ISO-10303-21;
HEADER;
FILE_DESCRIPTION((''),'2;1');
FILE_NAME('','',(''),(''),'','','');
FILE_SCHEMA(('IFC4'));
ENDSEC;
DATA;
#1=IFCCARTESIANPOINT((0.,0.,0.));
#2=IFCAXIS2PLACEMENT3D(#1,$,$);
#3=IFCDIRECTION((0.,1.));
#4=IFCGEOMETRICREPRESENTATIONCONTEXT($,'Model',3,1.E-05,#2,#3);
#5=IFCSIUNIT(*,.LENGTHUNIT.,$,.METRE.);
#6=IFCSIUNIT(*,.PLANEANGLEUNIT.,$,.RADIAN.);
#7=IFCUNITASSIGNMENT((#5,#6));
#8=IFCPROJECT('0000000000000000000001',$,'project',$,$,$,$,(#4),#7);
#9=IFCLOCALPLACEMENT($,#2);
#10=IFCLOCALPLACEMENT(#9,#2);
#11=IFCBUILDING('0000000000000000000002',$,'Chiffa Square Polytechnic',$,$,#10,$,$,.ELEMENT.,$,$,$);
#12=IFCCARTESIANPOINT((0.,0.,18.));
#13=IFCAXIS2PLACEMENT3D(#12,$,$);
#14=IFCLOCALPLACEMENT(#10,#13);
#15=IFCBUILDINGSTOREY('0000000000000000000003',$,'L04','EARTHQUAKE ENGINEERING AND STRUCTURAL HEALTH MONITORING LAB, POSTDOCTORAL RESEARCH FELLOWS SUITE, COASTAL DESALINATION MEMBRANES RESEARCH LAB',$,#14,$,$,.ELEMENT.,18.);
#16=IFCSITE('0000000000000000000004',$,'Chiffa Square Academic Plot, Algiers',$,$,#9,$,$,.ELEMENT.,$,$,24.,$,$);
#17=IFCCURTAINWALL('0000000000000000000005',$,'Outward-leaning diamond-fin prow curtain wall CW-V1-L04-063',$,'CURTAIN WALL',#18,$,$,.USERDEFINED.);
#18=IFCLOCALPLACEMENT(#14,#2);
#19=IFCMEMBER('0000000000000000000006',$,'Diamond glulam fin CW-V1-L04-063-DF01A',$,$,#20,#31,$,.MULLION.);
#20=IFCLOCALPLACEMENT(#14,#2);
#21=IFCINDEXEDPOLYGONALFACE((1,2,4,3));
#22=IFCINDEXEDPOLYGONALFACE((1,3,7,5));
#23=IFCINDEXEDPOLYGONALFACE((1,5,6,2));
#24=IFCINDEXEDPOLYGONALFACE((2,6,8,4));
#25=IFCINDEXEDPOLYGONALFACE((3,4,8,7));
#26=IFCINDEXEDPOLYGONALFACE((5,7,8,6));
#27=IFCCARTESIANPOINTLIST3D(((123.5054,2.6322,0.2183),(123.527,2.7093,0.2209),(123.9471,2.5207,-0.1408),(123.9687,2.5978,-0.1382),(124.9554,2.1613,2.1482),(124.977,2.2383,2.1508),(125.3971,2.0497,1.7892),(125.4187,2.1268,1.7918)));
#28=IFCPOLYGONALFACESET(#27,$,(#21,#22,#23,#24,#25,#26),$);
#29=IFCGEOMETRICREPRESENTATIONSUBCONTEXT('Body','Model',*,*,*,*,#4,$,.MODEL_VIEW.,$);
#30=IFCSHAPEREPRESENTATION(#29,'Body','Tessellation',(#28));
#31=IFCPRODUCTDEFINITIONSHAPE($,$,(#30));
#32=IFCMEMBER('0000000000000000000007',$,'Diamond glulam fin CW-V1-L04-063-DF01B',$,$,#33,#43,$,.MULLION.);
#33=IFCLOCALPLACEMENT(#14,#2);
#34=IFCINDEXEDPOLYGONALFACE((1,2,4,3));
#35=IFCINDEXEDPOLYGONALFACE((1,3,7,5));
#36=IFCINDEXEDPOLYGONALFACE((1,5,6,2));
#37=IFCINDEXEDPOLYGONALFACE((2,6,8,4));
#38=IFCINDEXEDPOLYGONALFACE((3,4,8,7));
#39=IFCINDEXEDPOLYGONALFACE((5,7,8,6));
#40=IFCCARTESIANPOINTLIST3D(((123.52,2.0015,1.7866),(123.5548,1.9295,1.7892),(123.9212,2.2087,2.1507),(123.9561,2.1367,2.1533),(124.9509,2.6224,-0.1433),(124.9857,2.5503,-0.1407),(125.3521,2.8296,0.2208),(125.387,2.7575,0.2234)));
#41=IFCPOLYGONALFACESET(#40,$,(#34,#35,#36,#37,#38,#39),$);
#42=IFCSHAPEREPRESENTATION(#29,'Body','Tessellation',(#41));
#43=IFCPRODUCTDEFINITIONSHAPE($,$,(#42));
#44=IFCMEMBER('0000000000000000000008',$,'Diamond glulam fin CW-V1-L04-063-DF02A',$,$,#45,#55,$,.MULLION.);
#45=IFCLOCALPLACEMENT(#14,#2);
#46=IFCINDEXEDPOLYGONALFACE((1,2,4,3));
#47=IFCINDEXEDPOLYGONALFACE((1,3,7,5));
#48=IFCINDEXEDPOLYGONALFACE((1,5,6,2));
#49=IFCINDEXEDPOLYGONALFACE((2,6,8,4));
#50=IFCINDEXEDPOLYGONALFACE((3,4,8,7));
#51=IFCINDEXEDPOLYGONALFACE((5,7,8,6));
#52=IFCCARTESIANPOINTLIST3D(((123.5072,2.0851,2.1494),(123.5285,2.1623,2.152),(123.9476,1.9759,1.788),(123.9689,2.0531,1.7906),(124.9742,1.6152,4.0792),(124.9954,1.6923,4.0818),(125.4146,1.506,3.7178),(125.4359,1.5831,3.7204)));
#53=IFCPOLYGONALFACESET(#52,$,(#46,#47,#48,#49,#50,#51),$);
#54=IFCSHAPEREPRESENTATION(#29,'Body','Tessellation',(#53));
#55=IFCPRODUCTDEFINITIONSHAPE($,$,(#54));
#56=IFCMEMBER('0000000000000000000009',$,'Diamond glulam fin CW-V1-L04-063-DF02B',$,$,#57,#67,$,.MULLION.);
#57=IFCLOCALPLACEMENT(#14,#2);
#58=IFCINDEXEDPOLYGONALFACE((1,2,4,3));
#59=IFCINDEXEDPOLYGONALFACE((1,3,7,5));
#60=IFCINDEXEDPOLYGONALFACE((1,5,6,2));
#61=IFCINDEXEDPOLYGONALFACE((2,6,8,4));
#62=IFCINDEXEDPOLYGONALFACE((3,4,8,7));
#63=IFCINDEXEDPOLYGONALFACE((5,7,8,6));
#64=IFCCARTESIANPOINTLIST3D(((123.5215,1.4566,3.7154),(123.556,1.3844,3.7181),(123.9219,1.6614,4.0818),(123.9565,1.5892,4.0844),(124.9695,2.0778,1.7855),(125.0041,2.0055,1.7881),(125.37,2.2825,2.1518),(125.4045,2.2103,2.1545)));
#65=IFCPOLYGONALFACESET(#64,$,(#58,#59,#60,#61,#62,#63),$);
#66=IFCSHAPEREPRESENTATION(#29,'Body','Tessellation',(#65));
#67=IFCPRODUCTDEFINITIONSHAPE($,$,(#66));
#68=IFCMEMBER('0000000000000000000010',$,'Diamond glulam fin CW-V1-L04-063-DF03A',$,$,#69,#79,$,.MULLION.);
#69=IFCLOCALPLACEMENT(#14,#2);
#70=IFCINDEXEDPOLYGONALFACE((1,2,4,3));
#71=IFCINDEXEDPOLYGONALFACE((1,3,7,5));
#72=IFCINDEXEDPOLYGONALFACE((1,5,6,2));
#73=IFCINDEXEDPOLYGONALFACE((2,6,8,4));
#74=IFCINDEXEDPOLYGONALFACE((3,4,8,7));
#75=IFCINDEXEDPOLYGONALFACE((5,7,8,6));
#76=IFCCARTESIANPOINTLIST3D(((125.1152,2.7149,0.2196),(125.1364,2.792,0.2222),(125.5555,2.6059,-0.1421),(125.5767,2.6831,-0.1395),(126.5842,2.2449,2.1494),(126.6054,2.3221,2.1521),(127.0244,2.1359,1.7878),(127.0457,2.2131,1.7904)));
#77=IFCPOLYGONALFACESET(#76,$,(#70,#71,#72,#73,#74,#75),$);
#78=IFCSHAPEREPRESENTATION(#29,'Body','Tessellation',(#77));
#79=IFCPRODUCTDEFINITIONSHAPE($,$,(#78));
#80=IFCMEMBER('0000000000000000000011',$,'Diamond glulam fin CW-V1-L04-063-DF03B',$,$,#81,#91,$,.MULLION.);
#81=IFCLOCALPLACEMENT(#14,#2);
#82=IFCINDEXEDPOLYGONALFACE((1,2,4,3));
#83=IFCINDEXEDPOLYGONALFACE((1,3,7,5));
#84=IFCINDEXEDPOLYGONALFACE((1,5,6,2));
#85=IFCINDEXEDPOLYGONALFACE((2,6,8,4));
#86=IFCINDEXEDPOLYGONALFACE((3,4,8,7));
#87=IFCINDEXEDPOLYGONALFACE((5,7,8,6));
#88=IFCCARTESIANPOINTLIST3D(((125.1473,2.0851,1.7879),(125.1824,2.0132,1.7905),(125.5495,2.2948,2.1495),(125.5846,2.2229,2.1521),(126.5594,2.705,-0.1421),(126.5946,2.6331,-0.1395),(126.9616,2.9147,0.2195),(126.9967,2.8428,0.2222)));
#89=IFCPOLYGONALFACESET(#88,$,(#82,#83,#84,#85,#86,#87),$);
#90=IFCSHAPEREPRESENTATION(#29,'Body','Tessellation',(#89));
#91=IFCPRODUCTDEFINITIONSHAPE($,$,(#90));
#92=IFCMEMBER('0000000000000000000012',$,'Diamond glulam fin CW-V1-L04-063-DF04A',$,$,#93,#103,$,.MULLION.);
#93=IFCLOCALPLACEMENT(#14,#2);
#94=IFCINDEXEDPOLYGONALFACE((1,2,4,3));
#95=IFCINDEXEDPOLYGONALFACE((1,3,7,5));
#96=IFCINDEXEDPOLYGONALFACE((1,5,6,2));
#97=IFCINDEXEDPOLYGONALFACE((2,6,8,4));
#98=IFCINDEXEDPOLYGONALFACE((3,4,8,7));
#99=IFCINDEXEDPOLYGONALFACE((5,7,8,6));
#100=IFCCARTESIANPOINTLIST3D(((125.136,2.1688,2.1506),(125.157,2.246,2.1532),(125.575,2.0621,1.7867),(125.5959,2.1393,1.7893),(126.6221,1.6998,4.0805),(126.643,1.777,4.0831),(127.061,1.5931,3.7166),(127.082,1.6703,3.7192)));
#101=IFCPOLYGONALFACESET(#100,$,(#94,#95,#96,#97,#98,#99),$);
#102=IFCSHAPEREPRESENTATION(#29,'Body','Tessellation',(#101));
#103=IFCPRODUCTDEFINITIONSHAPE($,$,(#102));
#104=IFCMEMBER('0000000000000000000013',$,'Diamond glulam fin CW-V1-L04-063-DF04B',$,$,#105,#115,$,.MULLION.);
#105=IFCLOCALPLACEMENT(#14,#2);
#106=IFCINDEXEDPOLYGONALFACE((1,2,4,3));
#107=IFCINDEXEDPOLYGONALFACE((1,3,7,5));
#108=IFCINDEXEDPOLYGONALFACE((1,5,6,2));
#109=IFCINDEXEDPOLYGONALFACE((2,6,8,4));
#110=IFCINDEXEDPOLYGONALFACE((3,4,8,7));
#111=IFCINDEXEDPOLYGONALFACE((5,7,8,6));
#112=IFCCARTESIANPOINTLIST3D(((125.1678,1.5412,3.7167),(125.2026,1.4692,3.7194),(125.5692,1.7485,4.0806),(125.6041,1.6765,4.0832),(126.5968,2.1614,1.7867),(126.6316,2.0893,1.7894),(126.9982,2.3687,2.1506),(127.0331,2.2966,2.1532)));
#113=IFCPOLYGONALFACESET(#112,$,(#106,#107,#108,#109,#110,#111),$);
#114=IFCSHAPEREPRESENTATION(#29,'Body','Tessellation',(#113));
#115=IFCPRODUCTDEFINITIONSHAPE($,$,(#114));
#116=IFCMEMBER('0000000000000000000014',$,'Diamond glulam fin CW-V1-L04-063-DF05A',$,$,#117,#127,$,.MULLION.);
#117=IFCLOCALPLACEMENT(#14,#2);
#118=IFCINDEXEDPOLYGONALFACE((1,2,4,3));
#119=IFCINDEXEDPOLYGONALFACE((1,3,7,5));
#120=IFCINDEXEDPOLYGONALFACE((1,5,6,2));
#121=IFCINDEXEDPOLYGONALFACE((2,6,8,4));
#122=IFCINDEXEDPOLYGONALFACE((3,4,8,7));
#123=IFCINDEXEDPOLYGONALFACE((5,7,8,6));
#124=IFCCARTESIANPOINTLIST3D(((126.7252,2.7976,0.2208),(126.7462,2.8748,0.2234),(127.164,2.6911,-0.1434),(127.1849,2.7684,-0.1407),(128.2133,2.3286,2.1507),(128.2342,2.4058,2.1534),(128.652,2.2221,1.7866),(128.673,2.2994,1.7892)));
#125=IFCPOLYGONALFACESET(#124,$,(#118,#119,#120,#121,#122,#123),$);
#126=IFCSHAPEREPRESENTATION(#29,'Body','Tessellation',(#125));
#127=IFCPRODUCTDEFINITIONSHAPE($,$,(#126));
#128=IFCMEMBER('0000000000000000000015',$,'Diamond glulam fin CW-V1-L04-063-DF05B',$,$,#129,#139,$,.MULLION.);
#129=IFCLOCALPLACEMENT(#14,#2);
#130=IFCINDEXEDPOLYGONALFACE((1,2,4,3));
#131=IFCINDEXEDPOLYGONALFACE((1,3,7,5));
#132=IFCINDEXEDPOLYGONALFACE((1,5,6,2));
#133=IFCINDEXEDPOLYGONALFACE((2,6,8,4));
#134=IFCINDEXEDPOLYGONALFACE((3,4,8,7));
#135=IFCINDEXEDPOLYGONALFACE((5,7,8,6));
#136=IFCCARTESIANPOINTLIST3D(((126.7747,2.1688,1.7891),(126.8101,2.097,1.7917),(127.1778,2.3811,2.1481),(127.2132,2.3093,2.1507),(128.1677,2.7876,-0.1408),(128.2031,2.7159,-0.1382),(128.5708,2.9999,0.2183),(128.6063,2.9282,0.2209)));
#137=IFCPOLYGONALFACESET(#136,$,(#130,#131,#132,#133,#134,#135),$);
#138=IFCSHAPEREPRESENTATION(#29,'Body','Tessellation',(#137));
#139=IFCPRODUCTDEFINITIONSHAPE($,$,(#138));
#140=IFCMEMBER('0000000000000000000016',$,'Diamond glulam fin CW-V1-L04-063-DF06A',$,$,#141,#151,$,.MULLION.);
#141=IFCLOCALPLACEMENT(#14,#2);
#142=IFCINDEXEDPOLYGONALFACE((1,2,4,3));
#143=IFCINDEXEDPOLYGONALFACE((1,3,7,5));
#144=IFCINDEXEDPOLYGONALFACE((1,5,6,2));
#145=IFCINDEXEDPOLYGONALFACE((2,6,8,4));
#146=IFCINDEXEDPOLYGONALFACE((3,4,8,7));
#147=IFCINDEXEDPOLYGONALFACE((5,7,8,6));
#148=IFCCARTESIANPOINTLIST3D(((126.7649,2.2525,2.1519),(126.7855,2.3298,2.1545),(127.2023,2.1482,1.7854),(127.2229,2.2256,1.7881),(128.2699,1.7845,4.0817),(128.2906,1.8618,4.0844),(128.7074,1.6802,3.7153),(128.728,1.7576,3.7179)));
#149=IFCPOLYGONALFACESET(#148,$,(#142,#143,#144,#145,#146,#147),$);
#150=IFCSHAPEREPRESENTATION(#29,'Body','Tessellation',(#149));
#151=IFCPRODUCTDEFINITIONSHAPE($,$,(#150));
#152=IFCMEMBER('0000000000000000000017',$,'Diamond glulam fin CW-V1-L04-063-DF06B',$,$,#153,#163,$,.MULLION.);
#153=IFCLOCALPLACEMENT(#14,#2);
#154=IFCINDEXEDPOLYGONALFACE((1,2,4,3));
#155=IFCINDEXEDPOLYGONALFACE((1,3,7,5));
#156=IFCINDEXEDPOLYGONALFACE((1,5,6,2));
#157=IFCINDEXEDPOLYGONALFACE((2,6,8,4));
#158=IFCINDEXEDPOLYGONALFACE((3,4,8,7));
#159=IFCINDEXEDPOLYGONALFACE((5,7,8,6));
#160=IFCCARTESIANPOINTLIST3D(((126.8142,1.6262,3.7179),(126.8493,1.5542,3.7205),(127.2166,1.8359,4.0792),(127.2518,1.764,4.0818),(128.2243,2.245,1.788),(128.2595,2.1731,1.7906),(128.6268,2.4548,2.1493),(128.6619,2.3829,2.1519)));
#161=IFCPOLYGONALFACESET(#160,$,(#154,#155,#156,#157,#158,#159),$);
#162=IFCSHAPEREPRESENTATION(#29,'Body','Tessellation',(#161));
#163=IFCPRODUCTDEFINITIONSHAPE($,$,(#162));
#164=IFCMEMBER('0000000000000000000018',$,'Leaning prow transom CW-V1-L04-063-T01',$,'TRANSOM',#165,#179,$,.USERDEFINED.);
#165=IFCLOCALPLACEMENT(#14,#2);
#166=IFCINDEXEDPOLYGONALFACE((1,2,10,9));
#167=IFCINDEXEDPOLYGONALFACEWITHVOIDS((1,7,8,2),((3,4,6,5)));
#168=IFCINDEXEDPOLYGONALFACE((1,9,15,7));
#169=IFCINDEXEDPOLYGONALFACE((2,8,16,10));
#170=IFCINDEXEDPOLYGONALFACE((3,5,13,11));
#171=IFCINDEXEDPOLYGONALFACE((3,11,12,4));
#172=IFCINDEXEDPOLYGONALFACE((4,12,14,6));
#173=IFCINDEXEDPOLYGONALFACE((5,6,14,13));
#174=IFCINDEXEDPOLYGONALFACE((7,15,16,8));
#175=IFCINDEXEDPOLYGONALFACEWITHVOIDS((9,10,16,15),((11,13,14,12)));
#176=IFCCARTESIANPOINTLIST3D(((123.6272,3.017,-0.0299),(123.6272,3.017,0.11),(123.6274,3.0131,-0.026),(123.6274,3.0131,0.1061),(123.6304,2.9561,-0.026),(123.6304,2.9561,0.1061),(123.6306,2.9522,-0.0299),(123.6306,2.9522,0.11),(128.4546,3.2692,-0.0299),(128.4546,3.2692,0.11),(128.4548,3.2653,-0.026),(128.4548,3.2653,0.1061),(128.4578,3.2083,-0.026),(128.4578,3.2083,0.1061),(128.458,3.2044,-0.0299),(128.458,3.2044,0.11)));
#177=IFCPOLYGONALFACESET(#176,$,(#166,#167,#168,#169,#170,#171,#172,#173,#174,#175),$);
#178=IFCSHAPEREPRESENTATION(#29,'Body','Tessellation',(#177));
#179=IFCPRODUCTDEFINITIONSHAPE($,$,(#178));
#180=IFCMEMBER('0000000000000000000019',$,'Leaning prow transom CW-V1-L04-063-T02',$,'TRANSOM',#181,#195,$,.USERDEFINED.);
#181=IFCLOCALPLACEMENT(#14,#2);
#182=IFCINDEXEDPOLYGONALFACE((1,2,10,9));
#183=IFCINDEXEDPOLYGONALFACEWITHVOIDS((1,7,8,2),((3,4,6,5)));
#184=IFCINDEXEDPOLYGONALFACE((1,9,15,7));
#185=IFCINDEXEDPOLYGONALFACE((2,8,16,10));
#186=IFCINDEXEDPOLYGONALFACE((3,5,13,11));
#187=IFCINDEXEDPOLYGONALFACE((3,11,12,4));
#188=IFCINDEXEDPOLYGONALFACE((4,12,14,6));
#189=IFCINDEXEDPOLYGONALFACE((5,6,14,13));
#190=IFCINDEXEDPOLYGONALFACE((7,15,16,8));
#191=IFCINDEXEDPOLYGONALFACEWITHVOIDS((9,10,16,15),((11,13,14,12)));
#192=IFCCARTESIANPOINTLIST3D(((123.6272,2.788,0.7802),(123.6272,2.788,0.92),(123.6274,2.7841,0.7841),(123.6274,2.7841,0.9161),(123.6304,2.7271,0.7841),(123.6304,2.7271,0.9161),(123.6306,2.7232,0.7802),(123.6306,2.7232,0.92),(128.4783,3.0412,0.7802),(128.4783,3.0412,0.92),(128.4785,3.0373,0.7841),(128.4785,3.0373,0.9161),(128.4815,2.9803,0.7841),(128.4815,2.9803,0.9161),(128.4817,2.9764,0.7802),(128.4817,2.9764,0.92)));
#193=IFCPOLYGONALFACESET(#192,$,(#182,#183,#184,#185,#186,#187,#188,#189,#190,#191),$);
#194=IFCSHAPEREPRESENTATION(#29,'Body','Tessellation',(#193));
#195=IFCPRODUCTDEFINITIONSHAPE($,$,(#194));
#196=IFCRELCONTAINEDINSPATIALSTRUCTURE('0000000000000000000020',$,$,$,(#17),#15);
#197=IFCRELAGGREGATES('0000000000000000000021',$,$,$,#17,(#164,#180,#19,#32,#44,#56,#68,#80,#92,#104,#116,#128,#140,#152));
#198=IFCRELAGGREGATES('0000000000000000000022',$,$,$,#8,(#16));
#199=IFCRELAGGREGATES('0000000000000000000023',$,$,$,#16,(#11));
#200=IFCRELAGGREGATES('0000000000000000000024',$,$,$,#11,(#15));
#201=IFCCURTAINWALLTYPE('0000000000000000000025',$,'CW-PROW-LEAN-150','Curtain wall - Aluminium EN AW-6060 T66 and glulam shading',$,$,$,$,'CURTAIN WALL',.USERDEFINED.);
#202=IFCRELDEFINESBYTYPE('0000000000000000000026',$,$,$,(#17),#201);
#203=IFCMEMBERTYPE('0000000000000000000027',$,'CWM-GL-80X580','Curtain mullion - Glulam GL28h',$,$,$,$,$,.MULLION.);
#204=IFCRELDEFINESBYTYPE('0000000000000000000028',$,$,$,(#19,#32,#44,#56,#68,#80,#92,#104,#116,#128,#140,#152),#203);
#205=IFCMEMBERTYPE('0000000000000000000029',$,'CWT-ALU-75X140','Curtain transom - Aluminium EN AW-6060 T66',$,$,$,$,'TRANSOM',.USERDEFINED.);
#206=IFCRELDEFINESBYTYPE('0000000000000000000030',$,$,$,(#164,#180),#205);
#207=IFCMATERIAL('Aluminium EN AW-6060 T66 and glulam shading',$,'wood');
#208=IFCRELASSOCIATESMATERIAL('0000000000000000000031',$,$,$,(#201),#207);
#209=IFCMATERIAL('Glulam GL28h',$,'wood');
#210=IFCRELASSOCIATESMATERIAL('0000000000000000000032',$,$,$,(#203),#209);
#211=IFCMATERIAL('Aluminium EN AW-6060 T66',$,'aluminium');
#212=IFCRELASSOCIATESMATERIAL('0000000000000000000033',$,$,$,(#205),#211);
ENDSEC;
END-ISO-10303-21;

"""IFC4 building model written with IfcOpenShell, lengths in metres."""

from ifc_helpers import new_model, si_unit, direction, frame, origin, origin_2d, place, context, subcontext, project, spatial, rectangle, hollow_rectangle, extrude, material, material_profile, profile_set, type_object, element, aggregate, save


model = new_model("IFC4")

# Units and contexts
model_context = context("Model", 3, precision=1e-05, world=origin(), true_north=direction((0.0, 1.0)))
body_context = subcontext(model_context, "Body", "Model", "MODEL_VIEW")
ifc_project = project(units=[si_unit("LENGTHUNIT", "METRE"), si_unit("PLANEANGLEUNIT", "RADIAN")], contexts=[model_context])

# Site, building, storey
site_placement = place(None, origin())
site = spatial("IfcSite", under=ifc_project, at=site_placement, Name="Chiffa Square Academic Plot, Algiers", CompositionType="ELEMENT", RefElevation=24.0)
building_placement = place(site_placement, origin())
building = spatial("IfcBuilding", under=site, at=building_placement, Name="Chiffa Square Polytechnic", CompositionType="ELEMENT")
storey_placement = place(building_placement, frame((0.0, 0.0, 18.0)))
storey = spatial("IfcBuildingStorey", under=building, at=storey_placement, Name="L04", Description="EARTHQUAKE ENGINEERING AND STRUCTURAL HEALTH MONITORING LAB, POSTDOCTORAL RESEARCH FELLOWS SUITE, COASTAL DESALINATION MEMBRANES RESEARCH LAB", CompositionType="ELEMENT", Elevation=18.0)

# Shared definitions
ifc_material_1 = material(Name="Aluminium EN AW-6060 T66 and glulam shading", Category="wood")
ifc_material_2 = material(Name="Aluminium EN AW-6060 T66", Category="aluminium")

# Curtain wall
curtain_wall_type_1 = type_object("IfcCurtainWallType", Name="CW-PROW-LEAN-150", Description="Curtain wall - Aluminium EN AW-6060 T66 and glulam shading", ElementType="CURTAIN WALL", PredefinedType="USERDEFINED", material=ifc_material_1)
curtain_wall_1_placement = place(storey_placement, origin())
curtain_wall_1 = element("IfcCurtainWall", 1, at=curtain_wall_1_placement, inside=storey, type_object=curtain_wall_type_1, Name="Outward-leaning diamond-fin prow curtain wall CW-V1-L04-063", ObjectType="CURTAIN WALL", PredefinedType="USERDEFINED")

# Members
ifc_material_3 = material(Name="Glulam GL28h", Category="wood")
ifc_material_profile_1 = material_profile(ifc_material_3, rectangle(XDim=0.0801, YDim=0.5801, at=origin_2d()), Name="GL28h 80x580")
ifc_profile_set_1 = profile_set([ifc_material_profile_1], Name="Glulam GL28h")
member_type_1 = type_object("IfcMemberType", Name="CWM-GL-80X580", Description="Curtain mullion - Glulam GL28h", PredefinedType="MULLION", material=ifc_profile_set_1)
member_1_placement = place(storey_placement, frame((123.7371, 2.615, 0.04), z_axis=(0.589548, -0.191487, 0.784708), x_axis=(0.269433, 0.962473, 0.032441)))
member_1 = element("IfcMember", 2, at=member_1_placement, type_object=member_type_1, Name="Diamond glulam fin CW-V1-L04-063-DF01A", PredefinedType="MULLION", context=body_context, shape_type="SweptSolid", body=[
    extrude(rectangle(XDim=0.0801, YDim=0.5801, at=origin_2d()), origin(), (0.0, 0.0, 1.0), 2.4595),
])
member_2_placement = place(storey_placement, frame((125.1689, 2.6899, 0.04), z_axis=(-0.576642, -0.250196, 0.777744), x_axis=(0.434829, -0.899912, 0.032897)))
member_2 = element("IfcMember", 3, at=member_2_placement, type_object=member_type_1, Name="Diamond glulam fin CW-V1-L04-063-DF01B", PredefinedType="MULLION", context=body_context, shape_type="SweptSolid", body=[
    extrude(rectangle(XDim=0.0801, YDim=0.5801, at=origin_2d()), origin(), (0.0, 0.0, 1.0), 2.4814),
])
member_3_placement = place(storey_placement, frame((123.738, 2.0691, 1.97), z_axis=(0.594099, -0.190321, 0.781553), x_axis=(0.265709, 0.9635, 0.032649)))
member_3 = element("IfcMember", 4, at=member_3_placement, type_object=member_type_1, Name="Diamond glulam fin CW-V1-L04-063-DF02A", PredefinedType="MULLION", context=body_context, shape_type="SweptSolid", body=[
    extrude(rectangle(XDim=0.0801, YDim=0.5801, at=origin_2d()), origin(), (0.0, 0.0, 1.0), 2.4692),
])
member_4_placement = place(storey_placement, frame((125.187, 2.144, 1.97), z_axis=(-0.581198, -0.249295, 0.774636), x_axis=(0.430918, -0.901784, 0.033098)))
member_4 = element("IfcMember", 5, at=member_4_placement, type_object=member_type_1, Name="Diamond glulam fin CW-V1-L04-063-DF02B", PredefinedType="MULLION", context=body_context, shape_type="SweptSolid", body=[
    extrude(rectangle(XDim=0.0801, YDim=0.5801, at=origin_2d()), origin(), (0.0, 0.0, 1.0), 2.4915),
])
member_5_placement = place(storey_placement, frame((125.3459, 2.699, 0.04), z_axis=(0.59461, -0.190232, 0.781185), x_axis=(0.265355, 0.963597, 0.032673)))
member_5 = element("IfcMember", 6, at=member_5_placement, type_object=member_type_1, Name="Diamond glulam fin CW-V1-L04-063-DF03A", PredefinedType="MULLION", context=body_context, shape_type="SweptSolid", body=[
    extrude(rectangle(XDim=0.0801, YDim=0.5801, at=origin_2d()), origin(), (0.0, 0.0, 1.0), 2.4705),
])
member_6_placement = place(storey_placement, frame((126.7781, 2.7739, 0.04), z_axis=(-0.571609, -0.250919, 0.781219), x_axis=(0.438835, -0.897974, 0.032671)))
member_6 = element("IfcMember", 7, at=member_6_placement, type_object=member_type_1, Name="Diamond glulam fin CW-V1-L04-063-DF03B", PredefinedType="MULLION", context=body_context, shape_type="SweptSolid", body=[
    extrude(rectangle(XDim=0.0801, YDim=0.5801, at=origin_2d()), origin(), (0.0, 0.0, 1.0), 2.4705),
])
member_7_placement = place(storey_placement, frame((125.366, 2.1541, 1.97), z_axis=(0.599099, -0.18907, 0.778031), x_axis=(0.261715, 0.964585, 0.032879)))
member_7 = element("IfcMember", 8, at=member_7_placement, type_object=member_type_1, Name="Diamond glulam fin CW-V1-L04-063-DF04A", PredefinedType="MULLION", context=body_context, shape_type="SweptSolid", body=[
    extrude(rectangle(XDim=0.0801, YDim=0.5801, at=origin_2d()), origin(), (0.0, 0.0, 1.0), 2.4805),
])
member_8_placement = place(storey_placement, frame((126.8149, 2.229, 1.97), z_axis=(-0.576159, -0.250033, 0.778154), x_axis=(0.434909, -0.899874, 0.032871)))
member_8 = element("IfcMember", 9, at=member_8_placement, type_object=member_type_1, Name="Diamond glulam fin CW-V1-L04-063-DF04B", PredefinedType="MULLION", context=body_context, shape_type="SweptSolid", body=[
    extrude(rectangle(XDim=0.0801, YDim=0.5801, at=origin_2d()), origin(), (0.0, 0.0, 1.0), 2.4802),
])
member_9_placement = place(storey_placement, frame((126.9551, 2.783, 0.04), z_axis=(0.599603, -0.188981, 0.777664), x_axis=(0.26137, 0.964678, 0.032903)))
member_9 = element("IfcMember", 10, at=member_9_placement, type_object=member_type_1, Name="Diamond glulam fin CW-V1-L04-063-DF05A", PredefinedType="MULLION", context=body_context, shape_type="SweptSolid", body=[
    extrude(rectangle(XDim=0.0801, YDim=0.5801, at=origin_2d()), origin(), (0.0, 0.0, 1.0), 2.4817),
])
member_10_placement = place(storey_placement, frame((128.387, 2.8579, 0.04), z_axis=(-0.566441, -0.251652, 0.784739), x_axis=(0.442981, -0.895944, 0.032439)))
member_10 = element("IfcMember", 11, at=member_10_placement, type_object=member_type_1, Name="Diamond glulam fin CW-V1-L04-063-DF05B", PredefinedType="MULLION", context=body_context, shape_type="SweptSolid", body=[
    extrude(rectangle(XDim=0.0801, YDim=0.5801, at=origin_2d()), origin(), (0.0, 0.0, 1.0), 2.4592),
])
member_11_placement = place(storey_placement, frame((126.9939, 2.239, 1.97), z_axis=(0.604031, -0.187823, 0.774512), x_axis=(0.257812, 0.965628, 0.033106)))
member_11 = element("IfcMember", 12, at=member_11_placement, type_object=member_type_1, Name="Diamond glulam fin CW-V1-L04-063-DF06A", PredefinedType="MULLION", context=body_context, shape_type="SweptSolid", body=[
    extrude(rectangle(XDim=0.0801, YDim=0.5801, at=origin_2d()), origin(), (0.0, 0.0, 1.0), 2.4917),
])
member_12_placement = place(storey_placement, frame((128.4431, 2.314, 1.97), z_axis=(-0.571133, -0.250662, 0.781649), x_axis=(0.438792, -0.897996, 0.032643)))
member_12 = element("IfcMember", 13, at=member_12_placement, type_object=member_type_1, Name="Diamond glulam fin CW-V1-L04-063-DF06B", PredefinedType="MULLION", context=body_context, shape_type="SweptSolid", body=[
    extrude(rectangle(XDim=0.0801, YDim=0.5801, at=origin_2d()), origin(), (0.0, 0.0, 1.0), 2.469),
])
ifc_material_profile_2 = material_profile(ifc_material_2, hollow_rectangle(XDim=0.0649, YDim=0.1399, WallThickness=0.0039, at=origin_2d()), Name="ALU 65x140x4")
ifc_profile_set_2 = profile_set([ifc_material_profile_2], Name="Aluminium EN AW-6060 T66")
member_type_2 = type_object("IfcMemberType", Name="CWT-ALU-75X140", Description="Curtain transom - Aluminium EN AW-6060 T66", ElementType="TRANSOM", PredefinedType="USERDEFINED", material=ifc_profile_set_2)
member_13_placement = place(storey_placement, frame((123.6289, 2.9846, 0.04), z_axis=(0.998638, 0.052172, 0.0), x_axis=(-0.052172, 0.998638, 0.0)))
member_13 = element("IfcMember", 14, at=member_13_placement, type_object=member_type_2, Name="Leaning prow transom CW-V1-L04-063-T01", ObjectType="TRANSOM", PredefinedType="USERDEFINED", context=body_context, shape_type="SweptSolid", body=[
    extrude(hollow_rectangle(XDim=0.0649, YDim=0.1399, WallThickness=0.0039, at=origin_2d()), origin(), (0.0, 0.0, 1.0), 4.834),
])
member_14_placement = place(storey_placement, frame((123.6289, 2.7556, 0.8501), z_axis=(0.998641, 0.052118, 0.0), x_axis=(-0.052118, 0.998641, 0.0)))
member_14 = element("IfcMember", 15, at=member_14_placement, type_object=member_type_2, Name="Leaning prow transom CW-V1-L04-063-T02", ObjectType="TRANSOM", PredefinedType="USERDEFINED", context=body_context, shape_type="SweptSolid", body=[
    extrude(hollow_rectangle(XDim=0.0649, YDim=0.1399, WallThickness=0.0039, at=origin_2d()), origin(), (0.0, 0.0, 1.0), 4.8577),
])

aggregate(curtain_wall_1, [member_13, member_14, member_1, member_2, member_3, member_4, member_5, member_6, member_7, member_8, member_9, member_10, member_11, member_12])

save(model, "model.ifc")
